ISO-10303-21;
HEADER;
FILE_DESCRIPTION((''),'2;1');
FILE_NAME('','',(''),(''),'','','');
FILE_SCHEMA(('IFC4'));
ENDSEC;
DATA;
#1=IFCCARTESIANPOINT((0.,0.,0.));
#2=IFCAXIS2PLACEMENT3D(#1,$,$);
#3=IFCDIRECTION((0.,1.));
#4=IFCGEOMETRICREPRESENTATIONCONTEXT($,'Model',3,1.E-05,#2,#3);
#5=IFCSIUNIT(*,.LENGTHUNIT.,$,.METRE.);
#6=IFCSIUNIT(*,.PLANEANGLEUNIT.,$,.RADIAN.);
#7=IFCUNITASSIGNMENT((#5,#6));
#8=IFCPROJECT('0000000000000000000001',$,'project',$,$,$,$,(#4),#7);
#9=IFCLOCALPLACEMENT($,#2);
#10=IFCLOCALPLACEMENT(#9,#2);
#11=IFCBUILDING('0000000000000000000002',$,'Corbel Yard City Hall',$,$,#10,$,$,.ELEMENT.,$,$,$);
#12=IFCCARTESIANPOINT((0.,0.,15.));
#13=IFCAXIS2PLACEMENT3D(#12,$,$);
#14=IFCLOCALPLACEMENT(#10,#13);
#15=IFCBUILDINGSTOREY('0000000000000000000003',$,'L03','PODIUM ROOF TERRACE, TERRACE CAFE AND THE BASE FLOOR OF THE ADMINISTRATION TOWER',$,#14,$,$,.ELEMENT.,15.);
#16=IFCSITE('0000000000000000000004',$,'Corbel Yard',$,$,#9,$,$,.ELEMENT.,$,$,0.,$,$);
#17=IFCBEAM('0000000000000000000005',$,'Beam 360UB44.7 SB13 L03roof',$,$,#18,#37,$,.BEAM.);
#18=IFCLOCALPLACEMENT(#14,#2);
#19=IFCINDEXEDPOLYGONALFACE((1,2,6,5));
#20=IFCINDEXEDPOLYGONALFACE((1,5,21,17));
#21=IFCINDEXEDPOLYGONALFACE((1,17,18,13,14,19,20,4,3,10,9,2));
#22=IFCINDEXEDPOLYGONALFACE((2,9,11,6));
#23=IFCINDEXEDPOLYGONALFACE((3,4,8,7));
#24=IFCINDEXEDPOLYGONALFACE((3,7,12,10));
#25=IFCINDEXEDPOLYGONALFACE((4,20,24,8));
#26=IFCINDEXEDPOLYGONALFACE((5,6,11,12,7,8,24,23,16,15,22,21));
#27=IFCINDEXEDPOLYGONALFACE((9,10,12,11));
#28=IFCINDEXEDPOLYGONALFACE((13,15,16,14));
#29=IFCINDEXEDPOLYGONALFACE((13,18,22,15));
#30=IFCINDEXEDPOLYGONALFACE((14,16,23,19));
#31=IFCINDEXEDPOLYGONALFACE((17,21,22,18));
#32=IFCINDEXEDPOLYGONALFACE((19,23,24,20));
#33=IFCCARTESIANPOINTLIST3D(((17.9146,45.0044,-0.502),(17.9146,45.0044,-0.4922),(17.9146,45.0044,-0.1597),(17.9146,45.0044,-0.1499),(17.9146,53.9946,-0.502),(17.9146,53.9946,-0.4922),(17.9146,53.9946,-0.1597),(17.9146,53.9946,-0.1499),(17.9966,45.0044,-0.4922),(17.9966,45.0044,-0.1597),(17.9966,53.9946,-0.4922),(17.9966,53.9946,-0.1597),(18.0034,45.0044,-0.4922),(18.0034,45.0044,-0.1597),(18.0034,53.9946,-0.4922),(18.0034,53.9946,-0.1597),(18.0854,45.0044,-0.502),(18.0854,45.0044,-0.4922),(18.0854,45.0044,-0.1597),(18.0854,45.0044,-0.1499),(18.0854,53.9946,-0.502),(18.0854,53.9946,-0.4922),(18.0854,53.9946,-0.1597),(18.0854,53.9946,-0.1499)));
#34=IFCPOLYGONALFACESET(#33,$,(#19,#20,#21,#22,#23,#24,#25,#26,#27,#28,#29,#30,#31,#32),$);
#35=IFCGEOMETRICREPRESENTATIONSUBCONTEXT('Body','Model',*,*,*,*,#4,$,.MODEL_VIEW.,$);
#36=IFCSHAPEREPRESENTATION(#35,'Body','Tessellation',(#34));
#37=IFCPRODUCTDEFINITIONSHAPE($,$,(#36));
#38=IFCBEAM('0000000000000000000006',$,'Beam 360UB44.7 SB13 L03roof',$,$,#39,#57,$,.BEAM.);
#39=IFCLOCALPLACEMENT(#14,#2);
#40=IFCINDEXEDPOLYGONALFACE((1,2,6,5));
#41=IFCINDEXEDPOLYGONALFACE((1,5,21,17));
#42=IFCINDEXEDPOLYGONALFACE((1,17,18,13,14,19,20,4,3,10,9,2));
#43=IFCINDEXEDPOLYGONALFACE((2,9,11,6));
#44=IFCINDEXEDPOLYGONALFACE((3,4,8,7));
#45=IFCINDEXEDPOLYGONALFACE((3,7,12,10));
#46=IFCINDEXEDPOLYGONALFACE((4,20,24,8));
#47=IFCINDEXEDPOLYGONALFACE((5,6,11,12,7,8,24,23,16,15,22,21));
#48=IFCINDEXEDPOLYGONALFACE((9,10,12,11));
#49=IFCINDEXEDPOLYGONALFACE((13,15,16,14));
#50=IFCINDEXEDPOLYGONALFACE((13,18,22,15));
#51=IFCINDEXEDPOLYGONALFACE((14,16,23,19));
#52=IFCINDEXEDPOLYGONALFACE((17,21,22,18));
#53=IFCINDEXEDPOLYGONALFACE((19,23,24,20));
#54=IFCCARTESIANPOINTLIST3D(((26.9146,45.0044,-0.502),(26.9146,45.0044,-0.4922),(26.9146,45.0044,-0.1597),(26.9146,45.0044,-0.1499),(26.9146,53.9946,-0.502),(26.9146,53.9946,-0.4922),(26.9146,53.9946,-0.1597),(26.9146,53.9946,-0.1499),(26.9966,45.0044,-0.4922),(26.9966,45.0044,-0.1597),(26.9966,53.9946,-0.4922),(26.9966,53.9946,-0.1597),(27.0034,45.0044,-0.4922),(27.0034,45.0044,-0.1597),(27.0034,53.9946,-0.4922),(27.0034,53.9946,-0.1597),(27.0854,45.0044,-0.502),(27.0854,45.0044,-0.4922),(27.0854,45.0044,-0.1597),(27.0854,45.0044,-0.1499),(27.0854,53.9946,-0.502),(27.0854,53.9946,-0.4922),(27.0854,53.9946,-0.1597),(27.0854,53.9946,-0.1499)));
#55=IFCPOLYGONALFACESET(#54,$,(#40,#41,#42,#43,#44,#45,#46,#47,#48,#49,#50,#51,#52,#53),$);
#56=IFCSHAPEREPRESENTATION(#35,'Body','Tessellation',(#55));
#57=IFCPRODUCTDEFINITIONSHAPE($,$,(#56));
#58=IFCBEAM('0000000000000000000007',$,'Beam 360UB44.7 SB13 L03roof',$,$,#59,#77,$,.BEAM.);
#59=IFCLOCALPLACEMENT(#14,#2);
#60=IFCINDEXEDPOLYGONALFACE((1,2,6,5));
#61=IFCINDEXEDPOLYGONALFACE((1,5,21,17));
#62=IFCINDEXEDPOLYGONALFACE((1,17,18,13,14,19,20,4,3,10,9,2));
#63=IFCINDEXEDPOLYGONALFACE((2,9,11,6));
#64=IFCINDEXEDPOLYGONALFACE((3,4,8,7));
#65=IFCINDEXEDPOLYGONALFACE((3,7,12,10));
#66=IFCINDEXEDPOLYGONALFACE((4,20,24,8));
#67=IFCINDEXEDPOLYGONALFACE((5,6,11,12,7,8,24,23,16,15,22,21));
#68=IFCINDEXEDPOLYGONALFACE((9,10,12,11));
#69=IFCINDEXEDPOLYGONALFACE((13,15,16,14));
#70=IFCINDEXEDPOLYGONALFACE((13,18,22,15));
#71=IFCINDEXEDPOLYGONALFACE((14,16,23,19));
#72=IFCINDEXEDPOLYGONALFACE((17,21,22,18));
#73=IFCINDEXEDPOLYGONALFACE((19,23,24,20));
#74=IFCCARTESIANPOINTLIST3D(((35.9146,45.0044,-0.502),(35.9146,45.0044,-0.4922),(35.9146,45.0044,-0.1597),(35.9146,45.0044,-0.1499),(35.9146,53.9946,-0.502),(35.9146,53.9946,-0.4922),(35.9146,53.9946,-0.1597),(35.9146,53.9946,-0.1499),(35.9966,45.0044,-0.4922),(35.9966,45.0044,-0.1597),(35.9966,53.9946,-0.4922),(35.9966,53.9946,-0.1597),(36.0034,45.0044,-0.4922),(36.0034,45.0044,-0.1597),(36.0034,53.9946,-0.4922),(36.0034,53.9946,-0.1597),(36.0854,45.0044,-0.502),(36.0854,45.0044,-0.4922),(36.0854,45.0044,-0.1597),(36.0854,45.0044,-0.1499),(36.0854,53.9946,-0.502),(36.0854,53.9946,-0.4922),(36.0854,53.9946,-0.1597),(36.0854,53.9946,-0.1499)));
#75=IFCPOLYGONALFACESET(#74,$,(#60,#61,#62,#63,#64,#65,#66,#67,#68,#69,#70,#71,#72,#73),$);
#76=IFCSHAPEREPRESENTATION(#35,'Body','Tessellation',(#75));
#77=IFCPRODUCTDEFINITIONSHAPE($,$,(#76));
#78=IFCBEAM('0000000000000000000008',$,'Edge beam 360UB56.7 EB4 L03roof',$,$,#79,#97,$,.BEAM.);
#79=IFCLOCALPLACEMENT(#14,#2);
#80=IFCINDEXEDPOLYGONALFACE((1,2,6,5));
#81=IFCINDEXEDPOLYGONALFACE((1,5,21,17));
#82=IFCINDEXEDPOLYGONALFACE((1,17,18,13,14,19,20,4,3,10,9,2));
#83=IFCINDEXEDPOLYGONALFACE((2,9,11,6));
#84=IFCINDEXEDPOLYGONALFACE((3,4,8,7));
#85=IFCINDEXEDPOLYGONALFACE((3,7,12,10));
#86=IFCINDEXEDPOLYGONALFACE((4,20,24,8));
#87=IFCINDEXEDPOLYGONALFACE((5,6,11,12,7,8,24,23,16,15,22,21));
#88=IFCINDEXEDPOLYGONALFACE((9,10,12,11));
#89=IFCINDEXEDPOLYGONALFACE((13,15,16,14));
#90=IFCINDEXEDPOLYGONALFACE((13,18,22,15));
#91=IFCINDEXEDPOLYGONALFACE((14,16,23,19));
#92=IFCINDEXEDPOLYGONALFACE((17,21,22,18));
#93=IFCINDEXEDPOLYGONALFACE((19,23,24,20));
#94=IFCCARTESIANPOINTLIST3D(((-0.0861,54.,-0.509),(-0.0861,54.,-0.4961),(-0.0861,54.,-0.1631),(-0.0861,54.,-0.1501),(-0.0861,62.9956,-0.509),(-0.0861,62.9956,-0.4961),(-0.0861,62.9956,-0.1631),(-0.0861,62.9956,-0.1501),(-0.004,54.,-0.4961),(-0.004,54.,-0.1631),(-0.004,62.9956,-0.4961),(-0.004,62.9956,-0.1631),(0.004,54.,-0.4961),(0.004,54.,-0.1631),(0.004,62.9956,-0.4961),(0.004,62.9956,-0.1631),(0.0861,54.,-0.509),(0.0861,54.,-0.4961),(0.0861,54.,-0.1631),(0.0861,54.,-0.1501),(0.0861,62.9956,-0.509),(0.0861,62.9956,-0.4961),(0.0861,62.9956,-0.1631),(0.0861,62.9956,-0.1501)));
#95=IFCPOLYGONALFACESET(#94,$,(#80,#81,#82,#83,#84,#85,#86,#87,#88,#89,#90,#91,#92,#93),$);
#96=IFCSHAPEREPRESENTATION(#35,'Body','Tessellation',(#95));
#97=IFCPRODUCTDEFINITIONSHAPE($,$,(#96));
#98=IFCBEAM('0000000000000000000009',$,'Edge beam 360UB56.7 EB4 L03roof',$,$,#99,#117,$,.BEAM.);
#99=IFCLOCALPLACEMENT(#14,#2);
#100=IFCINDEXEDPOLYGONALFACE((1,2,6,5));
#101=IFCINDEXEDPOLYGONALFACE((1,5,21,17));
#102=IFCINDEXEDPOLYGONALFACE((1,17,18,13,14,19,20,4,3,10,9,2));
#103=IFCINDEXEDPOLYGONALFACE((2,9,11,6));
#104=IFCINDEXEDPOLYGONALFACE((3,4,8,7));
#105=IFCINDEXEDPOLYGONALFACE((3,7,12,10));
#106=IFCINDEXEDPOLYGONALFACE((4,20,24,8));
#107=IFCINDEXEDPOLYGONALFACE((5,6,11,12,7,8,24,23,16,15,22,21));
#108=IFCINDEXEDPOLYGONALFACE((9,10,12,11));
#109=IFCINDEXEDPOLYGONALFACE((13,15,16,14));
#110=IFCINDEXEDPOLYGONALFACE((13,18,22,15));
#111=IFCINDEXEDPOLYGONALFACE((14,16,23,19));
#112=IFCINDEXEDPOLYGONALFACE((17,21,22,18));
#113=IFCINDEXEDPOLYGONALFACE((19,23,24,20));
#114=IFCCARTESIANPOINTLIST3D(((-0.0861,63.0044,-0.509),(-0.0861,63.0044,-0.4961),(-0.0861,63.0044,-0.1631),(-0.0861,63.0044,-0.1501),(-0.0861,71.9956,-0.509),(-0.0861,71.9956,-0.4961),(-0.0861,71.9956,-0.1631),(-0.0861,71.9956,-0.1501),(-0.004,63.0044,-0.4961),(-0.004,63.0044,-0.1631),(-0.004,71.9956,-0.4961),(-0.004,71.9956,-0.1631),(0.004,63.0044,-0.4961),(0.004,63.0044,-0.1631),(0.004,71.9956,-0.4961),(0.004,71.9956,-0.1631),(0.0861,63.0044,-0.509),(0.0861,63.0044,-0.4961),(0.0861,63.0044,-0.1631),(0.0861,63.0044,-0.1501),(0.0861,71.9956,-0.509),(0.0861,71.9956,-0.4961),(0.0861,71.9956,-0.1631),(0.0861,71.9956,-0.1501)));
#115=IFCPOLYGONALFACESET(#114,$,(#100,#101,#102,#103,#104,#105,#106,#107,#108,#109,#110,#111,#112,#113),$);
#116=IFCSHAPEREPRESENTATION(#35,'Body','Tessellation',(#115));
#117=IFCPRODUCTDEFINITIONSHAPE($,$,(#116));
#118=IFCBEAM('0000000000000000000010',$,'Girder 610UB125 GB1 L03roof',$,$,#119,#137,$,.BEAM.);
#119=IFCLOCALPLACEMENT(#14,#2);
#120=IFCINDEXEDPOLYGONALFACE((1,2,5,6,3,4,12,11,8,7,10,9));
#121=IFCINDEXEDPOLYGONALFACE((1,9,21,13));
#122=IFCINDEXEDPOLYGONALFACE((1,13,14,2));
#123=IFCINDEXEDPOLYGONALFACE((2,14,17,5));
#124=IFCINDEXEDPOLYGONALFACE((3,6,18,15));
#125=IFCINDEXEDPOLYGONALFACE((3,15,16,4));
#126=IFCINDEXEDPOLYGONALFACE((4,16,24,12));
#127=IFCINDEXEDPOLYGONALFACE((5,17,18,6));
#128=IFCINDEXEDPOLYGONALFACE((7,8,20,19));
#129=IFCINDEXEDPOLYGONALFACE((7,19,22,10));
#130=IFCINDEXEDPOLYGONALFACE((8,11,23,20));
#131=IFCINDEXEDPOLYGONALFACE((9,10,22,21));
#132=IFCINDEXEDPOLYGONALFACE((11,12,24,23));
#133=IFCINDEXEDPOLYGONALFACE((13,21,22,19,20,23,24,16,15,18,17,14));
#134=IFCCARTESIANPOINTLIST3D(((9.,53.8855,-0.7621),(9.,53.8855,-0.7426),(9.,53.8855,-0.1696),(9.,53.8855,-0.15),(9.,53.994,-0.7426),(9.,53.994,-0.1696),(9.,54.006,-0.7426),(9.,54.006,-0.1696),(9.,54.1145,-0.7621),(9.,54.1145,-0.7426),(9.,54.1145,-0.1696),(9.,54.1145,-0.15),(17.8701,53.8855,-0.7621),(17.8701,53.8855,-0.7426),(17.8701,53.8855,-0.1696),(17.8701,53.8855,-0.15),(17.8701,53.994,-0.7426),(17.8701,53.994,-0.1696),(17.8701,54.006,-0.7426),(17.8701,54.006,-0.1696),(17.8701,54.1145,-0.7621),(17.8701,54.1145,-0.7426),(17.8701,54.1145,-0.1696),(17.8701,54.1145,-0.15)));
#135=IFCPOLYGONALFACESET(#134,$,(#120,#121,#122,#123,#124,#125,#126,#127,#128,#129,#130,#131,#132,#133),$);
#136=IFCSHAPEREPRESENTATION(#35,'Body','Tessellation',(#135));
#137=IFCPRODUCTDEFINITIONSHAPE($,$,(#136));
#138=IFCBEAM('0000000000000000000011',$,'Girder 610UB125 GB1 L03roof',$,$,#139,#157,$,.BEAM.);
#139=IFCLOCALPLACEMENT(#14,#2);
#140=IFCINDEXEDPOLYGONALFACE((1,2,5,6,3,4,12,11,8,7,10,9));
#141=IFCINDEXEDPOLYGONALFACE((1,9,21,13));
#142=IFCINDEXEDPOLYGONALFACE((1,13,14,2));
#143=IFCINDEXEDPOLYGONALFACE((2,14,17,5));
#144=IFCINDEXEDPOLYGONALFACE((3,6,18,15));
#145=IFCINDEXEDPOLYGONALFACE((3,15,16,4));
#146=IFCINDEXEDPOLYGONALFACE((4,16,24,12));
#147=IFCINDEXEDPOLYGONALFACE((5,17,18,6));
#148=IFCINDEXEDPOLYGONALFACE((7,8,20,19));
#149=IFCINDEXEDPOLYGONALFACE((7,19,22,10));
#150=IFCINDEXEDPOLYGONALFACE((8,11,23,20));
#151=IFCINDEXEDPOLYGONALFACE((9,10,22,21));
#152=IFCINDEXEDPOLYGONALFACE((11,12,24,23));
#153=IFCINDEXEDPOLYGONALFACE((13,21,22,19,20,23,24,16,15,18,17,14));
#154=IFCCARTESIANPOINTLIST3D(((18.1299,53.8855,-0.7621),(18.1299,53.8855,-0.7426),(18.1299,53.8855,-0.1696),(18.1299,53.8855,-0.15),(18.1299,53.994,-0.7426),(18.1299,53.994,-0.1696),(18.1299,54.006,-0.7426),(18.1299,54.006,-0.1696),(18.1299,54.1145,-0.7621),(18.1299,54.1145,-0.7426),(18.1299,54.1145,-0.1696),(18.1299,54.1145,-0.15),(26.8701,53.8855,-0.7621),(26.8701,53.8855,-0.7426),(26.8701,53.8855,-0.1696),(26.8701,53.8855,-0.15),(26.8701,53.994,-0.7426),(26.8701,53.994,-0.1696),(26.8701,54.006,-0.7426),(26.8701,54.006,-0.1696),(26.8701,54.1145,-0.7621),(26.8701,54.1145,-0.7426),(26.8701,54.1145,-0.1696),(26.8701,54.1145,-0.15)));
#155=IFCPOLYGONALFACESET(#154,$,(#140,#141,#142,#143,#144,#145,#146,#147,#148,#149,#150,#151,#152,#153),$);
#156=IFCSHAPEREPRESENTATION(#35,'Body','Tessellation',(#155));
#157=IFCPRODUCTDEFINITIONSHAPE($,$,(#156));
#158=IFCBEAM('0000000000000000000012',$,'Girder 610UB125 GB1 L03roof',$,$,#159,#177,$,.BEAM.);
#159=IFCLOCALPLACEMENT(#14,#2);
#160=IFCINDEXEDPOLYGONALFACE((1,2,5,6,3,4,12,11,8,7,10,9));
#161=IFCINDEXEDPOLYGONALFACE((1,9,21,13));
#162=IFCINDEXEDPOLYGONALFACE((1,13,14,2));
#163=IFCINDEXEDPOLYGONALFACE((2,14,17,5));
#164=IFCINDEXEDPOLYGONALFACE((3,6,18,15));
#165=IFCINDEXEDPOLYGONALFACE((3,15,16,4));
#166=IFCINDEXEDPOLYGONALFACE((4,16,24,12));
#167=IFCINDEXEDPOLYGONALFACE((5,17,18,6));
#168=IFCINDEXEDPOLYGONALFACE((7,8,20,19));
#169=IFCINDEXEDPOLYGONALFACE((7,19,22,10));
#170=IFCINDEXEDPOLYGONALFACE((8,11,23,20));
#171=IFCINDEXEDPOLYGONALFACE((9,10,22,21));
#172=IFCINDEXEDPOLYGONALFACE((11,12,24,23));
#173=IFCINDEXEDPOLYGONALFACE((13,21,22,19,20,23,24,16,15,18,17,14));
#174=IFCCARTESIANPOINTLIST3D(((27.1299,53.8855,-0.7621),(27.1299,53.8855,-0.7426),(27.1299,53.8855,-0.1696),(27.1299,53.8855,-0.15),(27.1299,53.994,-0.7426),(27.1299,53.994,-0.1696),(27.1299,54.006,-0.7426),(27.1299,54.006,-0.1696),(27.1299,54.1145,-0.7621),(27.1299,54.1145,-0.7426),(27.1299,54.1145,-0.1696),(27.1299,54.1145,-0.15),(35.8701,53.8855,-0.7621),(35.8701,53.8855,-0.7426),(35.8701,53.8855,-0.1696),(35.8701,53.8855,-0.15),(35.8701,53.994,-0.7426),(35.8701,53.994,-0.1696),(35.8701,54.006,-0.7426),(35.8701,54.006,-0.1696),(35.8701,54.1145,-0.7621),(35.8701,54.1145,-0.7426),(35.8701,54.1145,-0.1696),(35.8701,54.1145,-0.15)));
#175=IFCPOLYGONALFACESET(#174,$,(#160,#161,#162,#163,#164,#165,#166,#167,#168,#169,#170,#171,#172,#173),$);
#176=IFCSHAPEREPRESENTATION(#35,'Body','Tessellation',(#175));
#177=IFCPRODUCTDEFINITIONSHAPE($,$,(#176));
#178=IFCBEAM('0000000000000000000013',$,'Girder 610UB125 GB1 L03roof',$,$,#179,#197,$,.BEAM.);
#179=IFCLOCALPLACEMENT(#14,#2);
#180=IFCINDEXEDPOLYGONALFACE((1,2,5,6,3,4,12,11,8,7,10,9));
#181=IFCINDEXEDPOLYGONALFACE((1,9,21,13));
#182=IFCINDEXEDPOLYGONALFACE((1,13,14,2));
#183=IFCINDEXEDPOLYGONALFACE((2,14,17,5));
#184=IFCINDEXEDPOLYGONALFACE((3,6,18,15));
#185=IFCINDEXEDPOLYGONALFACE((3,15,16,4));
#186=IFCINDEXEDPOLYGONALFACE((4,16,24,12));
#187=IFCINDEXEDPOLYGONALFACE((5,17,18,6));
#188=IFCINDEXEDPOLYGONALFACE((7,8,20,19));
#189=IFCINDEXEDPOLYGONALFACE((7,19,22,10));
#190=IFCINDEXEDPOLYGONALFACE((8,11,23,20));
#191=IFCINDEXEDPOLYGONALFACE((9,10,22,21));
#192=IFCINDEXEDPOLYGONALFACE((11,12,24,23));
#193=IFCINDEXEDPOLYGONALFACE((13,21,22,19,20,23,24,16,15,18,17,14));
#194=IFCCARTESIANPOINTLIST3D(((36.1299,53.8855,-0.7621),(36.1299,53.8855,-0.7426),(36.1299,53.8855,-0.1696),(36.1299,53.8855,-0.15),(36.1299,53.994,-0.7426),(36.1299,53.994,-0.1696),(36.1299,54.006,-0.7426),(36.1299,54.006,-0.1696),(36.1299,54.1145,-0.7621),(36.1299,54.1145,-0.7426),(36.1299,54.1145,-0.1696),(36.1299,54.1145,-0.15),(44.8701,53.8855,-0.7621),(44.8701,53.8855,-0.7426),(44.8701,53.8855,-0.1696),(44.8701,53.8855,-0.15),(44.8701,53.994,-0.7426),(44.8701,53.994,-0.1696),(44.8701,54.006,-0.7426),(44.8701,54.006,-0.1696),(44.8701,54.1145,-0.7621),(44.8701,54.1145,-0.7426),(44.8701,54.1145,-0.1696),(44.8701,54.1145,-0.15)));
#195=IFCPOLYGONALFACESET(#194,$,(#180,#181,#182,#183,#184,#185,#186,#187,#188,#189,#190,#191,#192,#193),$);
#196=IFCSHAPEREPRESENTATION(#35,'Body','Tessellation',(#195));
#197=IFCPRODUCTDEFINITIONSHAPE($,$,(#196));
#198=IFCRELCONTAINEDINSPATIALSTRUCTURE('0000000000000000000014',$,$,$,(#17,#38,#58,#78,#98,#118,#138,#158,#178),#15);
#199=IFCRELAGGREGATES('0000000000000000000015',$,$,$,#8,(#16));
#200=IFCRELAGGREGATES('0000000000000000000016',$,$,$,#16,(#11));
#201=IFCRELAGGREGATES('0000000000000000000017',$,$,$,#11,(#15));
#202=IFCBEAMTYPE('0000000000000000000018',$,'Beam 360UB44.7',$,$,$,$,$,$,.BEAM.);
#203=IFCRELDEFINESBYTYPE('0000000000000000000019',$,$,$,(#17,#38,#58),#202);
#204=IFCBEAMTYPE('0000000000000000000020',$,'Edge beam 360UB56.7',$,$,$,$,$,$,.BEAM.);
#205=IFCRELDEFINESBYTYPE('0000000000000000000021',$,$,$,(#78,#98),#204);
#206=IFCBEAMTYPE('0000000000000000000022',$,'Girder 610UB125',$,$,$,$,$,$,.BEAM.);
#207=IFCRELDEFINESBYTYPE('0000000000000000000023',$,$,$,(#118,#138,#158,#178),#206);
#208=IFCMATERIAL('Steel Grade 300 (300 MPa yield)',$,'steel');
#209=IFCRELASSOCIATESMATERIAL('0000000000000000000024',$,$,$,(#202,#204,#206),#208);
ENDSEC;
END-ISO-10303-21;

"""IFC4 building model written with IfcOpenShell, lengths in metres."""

from ifc_helpers import new_model, si_unit, direction, frame, origin, origin_2d, place, context, subcontext, project, spatial, i_section, extrude, material, material_profile, profile_set, type_object, element, save


model = new_model("IFC4")

# Units and contexts
model_context = context("Model", 3, precision=1e-05, world=origin(), true_north=direction((0.0, 1.0)))
body_context = subcontext(model_context, "Body", "Model", "MODEL_VIEW")
ifc_project = project(units=[si_unit("LENGTHUNIT", "METRE"), si_unit("PLANEANGLEUNIT", "RADIAN")], contexts=[model_context])

# Site, building, storey
site_placement = place(None, origin())
site = spatial("IfcSite", under=ifc_project, at=site_placement, Name="Corbel Yard", CompositionType="ELEMENT", RefElevation=0.0)
building_placement = place(site_placement, origin())
building = spatial("IfcBuilding", under=site, at=building_placement, Name="Corbel Yard City Hall", CompositionType="ELEMENT")
storey_placement = place(building_placement, frame((0.0, 0.0, 15.0)))
storey = spatial("IfcBuildingStorey", under=building, at=storey_placement, Name="L03", Description="PODIUM ROOF TERRACE, TERRACE CAFE AND THE BASE FLOOR OF THE ADMINISTRATION TOWER", CompositionType="ELEMENT", Elevation=15.0)

# Beams
ifc_material_1 = material(Name="Steel Grade 300 (300 MPa yield)", Category="steel")
ifc_material_profile_1 = material_profile(ifc_material_1, i_section(OverallWidth=0.1709, OverallDepth=0.3521, WebThickness=0.0068, FlangeThickness=0.0098, at=origin_2d()), Name="360UB44.7")
ifc_profile_set_1 = profile_set([ifc_material_profile_1], Name="Steel Grade 300 (300 MPa yield)")
beam_type_1 = type_object("IfcBeamType", Name="Beam 360UB44.7", PredefinedType="BEAM", material=ifc_profile_set_1)
for number, where, z_axis, x_axis, name in (
    (1, (18.0, 45.0044, -0.3259), (0.0, 1.0, 0.0), (-1.0, 0.0, 0.0), "Beam 360UB44.7 SB13 L03roof"),
    (2, (27.0, 45.0044, -0.3259), (0.0, 1.0, 0.0), (-1.0, 0.0, 0.0), "Beam 360UB44.7 SB13 L03roof"),
    (3, (36.0, 45.0044, -0.3259), (0.0, 1.0, 0.0), (-1.0, 0.0, 0.0), "Beam 360UB44.7 SB13 L03roof"),
):
    element("IfcBeam", number, at=place(storey_placement, frame(where, z_axis=z_axis, x_axis=x_axis)), inside=storey, type_object=beam_type_1, Name=name, PredefinedType="BEAM", context=body_context, shape_type="SweptSolid", body=[
        extrude(i_section(OverallWidth=0.1709, OverallDepth=0.3521, WebThickness=0.0068, FlangeThickness=0.0098, at=origin_2d()), origin(), (0.0, 0.0, 1.0), 8.9902),
    ])
ifc_material_profile_2 = material_profile(ifc_material_1, i_section(OverallWidth=0.1721, OverallDepth=0.3589, WebThickness=0.0081, FlangeThickness=0.0129, at=origin_2d()), Name="360UB56.7")
ifc_profile_set_2 = profile_set([ifc_material_profile_2], Name="Steel Grade 300 (300 MPa yield)")
beam_type_2 = type_object("IfcBeamType", Name="Edge beam 360UB56.7", PredefinedType="BEAM", material=ifc_profile_set_2)
beam_1_placement = place(storey_placement, frame((0.0, 54.0, -0.3296), z_axis=(0.0, 1.0, 0.0), x_axis=(-1.0, 0.0, 0.0)))
element("IfcBeam", 4, at=beam_1_placement, inside=storey, type_object=beam_type_2, Name="Edge beam 360UB56.7 EB4 L03roof", PredefinedType="BEAM", context=body_context, shape_type="SweptSolid", body=[
    extrude(i_section(OverallWidth=0.1721, OverallDepth=0.3589, WebThickness=0.0081, FlangeThickness=0.0129, at=origin_2d()), origin(), (0.0, 0.0, 1.0), 8.9956),
])
beam_2_placement = place(storey_placement, frame((0.0, 63.0044, -0.3296), z_axis=(0.0, 1.0, 0.0), x_axis=(-1.0, 0.0, 0.0)))
element("IfcBeam", 5, at=beam_2_placement, inside=storey, type_object=beam_type_2, Name="Edge beam 360UB56.7 EB4 L03roof", PredefinedType="BEAM", context=body_context, shape_type="SweptSolid", body=[
    extrude(i_section(OverallWidth=0.1721, OverallDepth=0.3589, WebThickness=0.0081, FlangeThickness=0.0129, at=origin_2d()), origin(), (0.0, 0.0, 1.0), 8.9912),
])
ifc_material_profile_3 = material_profile(ifc_material_1, i_section(OverallWidth=0.229, OverallDepth=0.6121, WebThickness=0.012, FlangeThickness=0.0195, at=origin_2d()), Name="610UB125")
ifc_profile_set_3 = profile_set([ifc_material_profile_3], Name="Steel Grade 300 (300 MPa yield)")
beam_type_3 = type_object("IfcBeamType", Name="Girder 610UB125", PredefinedType="BEAM", material=ifc_profile_set_3)
beam_3_placement = place(storey_placement, frame((9.0, 54.0, -0.4561), z_axis=(1.0, 0.0, 0.0), x_axis=(0.0, 1.0, 0.0)))
element("IfcBeam", 6, at=beam_3_placement, inside=storey, type_object=beam_type_3, Name="Girder 610UB125 GB1 L03roof", PredefinedType="BEAM", context=body_context, shape_type="SweptSolid", body=[
    extrude(i_section(OverallWidth=0.229, OverallDepth=0.6121, WebThickness=0.012, FlangeThickness=0.0195, at=origin_2d()), origin(), (0.0, 0.0, 1.0), 8.8701),
])
for number, where, z_axis, x_axis, name in (
    (7, (18.1299, 54.0, -0.4561), (1.0, 0.0, 0.0), (0.0, 1.0, 0.0), "Girder 610UB125 GB1 L03roof"),
    (8, (27.1299, 54.0, -0.4561), (1.0, 0.0, 0.0), (0.0, 1.0, 0.0), "Girder 610UB125 GB1 L03roof"),
    (9, (36.1299, 54.0, -0.4561), (1.0, 0.0, 0.0), (0.0, 1.0, 0.0), "Girder 610UB125 GB1 L03roof"),
):
    element("IfcBeam", number, at=place(storey_placement, frame(where, z_axis=z_axis, x_axis=x_axis)), inside=storey, type_object=beam_type_3, Name=name, PredefinedType="BEAM", context=body_context, shape_type="SweptSolid", body=[
        extrude(i_section(OverallWidth=0.229, OverallDepth=0.6121, WebThickness=0.012, FlangeThickness=0.0195, at=origin_2d()), origin(), (0.0, 0.0, 1.0), 8.7402),
    ])

save(model, "model.ifc")
